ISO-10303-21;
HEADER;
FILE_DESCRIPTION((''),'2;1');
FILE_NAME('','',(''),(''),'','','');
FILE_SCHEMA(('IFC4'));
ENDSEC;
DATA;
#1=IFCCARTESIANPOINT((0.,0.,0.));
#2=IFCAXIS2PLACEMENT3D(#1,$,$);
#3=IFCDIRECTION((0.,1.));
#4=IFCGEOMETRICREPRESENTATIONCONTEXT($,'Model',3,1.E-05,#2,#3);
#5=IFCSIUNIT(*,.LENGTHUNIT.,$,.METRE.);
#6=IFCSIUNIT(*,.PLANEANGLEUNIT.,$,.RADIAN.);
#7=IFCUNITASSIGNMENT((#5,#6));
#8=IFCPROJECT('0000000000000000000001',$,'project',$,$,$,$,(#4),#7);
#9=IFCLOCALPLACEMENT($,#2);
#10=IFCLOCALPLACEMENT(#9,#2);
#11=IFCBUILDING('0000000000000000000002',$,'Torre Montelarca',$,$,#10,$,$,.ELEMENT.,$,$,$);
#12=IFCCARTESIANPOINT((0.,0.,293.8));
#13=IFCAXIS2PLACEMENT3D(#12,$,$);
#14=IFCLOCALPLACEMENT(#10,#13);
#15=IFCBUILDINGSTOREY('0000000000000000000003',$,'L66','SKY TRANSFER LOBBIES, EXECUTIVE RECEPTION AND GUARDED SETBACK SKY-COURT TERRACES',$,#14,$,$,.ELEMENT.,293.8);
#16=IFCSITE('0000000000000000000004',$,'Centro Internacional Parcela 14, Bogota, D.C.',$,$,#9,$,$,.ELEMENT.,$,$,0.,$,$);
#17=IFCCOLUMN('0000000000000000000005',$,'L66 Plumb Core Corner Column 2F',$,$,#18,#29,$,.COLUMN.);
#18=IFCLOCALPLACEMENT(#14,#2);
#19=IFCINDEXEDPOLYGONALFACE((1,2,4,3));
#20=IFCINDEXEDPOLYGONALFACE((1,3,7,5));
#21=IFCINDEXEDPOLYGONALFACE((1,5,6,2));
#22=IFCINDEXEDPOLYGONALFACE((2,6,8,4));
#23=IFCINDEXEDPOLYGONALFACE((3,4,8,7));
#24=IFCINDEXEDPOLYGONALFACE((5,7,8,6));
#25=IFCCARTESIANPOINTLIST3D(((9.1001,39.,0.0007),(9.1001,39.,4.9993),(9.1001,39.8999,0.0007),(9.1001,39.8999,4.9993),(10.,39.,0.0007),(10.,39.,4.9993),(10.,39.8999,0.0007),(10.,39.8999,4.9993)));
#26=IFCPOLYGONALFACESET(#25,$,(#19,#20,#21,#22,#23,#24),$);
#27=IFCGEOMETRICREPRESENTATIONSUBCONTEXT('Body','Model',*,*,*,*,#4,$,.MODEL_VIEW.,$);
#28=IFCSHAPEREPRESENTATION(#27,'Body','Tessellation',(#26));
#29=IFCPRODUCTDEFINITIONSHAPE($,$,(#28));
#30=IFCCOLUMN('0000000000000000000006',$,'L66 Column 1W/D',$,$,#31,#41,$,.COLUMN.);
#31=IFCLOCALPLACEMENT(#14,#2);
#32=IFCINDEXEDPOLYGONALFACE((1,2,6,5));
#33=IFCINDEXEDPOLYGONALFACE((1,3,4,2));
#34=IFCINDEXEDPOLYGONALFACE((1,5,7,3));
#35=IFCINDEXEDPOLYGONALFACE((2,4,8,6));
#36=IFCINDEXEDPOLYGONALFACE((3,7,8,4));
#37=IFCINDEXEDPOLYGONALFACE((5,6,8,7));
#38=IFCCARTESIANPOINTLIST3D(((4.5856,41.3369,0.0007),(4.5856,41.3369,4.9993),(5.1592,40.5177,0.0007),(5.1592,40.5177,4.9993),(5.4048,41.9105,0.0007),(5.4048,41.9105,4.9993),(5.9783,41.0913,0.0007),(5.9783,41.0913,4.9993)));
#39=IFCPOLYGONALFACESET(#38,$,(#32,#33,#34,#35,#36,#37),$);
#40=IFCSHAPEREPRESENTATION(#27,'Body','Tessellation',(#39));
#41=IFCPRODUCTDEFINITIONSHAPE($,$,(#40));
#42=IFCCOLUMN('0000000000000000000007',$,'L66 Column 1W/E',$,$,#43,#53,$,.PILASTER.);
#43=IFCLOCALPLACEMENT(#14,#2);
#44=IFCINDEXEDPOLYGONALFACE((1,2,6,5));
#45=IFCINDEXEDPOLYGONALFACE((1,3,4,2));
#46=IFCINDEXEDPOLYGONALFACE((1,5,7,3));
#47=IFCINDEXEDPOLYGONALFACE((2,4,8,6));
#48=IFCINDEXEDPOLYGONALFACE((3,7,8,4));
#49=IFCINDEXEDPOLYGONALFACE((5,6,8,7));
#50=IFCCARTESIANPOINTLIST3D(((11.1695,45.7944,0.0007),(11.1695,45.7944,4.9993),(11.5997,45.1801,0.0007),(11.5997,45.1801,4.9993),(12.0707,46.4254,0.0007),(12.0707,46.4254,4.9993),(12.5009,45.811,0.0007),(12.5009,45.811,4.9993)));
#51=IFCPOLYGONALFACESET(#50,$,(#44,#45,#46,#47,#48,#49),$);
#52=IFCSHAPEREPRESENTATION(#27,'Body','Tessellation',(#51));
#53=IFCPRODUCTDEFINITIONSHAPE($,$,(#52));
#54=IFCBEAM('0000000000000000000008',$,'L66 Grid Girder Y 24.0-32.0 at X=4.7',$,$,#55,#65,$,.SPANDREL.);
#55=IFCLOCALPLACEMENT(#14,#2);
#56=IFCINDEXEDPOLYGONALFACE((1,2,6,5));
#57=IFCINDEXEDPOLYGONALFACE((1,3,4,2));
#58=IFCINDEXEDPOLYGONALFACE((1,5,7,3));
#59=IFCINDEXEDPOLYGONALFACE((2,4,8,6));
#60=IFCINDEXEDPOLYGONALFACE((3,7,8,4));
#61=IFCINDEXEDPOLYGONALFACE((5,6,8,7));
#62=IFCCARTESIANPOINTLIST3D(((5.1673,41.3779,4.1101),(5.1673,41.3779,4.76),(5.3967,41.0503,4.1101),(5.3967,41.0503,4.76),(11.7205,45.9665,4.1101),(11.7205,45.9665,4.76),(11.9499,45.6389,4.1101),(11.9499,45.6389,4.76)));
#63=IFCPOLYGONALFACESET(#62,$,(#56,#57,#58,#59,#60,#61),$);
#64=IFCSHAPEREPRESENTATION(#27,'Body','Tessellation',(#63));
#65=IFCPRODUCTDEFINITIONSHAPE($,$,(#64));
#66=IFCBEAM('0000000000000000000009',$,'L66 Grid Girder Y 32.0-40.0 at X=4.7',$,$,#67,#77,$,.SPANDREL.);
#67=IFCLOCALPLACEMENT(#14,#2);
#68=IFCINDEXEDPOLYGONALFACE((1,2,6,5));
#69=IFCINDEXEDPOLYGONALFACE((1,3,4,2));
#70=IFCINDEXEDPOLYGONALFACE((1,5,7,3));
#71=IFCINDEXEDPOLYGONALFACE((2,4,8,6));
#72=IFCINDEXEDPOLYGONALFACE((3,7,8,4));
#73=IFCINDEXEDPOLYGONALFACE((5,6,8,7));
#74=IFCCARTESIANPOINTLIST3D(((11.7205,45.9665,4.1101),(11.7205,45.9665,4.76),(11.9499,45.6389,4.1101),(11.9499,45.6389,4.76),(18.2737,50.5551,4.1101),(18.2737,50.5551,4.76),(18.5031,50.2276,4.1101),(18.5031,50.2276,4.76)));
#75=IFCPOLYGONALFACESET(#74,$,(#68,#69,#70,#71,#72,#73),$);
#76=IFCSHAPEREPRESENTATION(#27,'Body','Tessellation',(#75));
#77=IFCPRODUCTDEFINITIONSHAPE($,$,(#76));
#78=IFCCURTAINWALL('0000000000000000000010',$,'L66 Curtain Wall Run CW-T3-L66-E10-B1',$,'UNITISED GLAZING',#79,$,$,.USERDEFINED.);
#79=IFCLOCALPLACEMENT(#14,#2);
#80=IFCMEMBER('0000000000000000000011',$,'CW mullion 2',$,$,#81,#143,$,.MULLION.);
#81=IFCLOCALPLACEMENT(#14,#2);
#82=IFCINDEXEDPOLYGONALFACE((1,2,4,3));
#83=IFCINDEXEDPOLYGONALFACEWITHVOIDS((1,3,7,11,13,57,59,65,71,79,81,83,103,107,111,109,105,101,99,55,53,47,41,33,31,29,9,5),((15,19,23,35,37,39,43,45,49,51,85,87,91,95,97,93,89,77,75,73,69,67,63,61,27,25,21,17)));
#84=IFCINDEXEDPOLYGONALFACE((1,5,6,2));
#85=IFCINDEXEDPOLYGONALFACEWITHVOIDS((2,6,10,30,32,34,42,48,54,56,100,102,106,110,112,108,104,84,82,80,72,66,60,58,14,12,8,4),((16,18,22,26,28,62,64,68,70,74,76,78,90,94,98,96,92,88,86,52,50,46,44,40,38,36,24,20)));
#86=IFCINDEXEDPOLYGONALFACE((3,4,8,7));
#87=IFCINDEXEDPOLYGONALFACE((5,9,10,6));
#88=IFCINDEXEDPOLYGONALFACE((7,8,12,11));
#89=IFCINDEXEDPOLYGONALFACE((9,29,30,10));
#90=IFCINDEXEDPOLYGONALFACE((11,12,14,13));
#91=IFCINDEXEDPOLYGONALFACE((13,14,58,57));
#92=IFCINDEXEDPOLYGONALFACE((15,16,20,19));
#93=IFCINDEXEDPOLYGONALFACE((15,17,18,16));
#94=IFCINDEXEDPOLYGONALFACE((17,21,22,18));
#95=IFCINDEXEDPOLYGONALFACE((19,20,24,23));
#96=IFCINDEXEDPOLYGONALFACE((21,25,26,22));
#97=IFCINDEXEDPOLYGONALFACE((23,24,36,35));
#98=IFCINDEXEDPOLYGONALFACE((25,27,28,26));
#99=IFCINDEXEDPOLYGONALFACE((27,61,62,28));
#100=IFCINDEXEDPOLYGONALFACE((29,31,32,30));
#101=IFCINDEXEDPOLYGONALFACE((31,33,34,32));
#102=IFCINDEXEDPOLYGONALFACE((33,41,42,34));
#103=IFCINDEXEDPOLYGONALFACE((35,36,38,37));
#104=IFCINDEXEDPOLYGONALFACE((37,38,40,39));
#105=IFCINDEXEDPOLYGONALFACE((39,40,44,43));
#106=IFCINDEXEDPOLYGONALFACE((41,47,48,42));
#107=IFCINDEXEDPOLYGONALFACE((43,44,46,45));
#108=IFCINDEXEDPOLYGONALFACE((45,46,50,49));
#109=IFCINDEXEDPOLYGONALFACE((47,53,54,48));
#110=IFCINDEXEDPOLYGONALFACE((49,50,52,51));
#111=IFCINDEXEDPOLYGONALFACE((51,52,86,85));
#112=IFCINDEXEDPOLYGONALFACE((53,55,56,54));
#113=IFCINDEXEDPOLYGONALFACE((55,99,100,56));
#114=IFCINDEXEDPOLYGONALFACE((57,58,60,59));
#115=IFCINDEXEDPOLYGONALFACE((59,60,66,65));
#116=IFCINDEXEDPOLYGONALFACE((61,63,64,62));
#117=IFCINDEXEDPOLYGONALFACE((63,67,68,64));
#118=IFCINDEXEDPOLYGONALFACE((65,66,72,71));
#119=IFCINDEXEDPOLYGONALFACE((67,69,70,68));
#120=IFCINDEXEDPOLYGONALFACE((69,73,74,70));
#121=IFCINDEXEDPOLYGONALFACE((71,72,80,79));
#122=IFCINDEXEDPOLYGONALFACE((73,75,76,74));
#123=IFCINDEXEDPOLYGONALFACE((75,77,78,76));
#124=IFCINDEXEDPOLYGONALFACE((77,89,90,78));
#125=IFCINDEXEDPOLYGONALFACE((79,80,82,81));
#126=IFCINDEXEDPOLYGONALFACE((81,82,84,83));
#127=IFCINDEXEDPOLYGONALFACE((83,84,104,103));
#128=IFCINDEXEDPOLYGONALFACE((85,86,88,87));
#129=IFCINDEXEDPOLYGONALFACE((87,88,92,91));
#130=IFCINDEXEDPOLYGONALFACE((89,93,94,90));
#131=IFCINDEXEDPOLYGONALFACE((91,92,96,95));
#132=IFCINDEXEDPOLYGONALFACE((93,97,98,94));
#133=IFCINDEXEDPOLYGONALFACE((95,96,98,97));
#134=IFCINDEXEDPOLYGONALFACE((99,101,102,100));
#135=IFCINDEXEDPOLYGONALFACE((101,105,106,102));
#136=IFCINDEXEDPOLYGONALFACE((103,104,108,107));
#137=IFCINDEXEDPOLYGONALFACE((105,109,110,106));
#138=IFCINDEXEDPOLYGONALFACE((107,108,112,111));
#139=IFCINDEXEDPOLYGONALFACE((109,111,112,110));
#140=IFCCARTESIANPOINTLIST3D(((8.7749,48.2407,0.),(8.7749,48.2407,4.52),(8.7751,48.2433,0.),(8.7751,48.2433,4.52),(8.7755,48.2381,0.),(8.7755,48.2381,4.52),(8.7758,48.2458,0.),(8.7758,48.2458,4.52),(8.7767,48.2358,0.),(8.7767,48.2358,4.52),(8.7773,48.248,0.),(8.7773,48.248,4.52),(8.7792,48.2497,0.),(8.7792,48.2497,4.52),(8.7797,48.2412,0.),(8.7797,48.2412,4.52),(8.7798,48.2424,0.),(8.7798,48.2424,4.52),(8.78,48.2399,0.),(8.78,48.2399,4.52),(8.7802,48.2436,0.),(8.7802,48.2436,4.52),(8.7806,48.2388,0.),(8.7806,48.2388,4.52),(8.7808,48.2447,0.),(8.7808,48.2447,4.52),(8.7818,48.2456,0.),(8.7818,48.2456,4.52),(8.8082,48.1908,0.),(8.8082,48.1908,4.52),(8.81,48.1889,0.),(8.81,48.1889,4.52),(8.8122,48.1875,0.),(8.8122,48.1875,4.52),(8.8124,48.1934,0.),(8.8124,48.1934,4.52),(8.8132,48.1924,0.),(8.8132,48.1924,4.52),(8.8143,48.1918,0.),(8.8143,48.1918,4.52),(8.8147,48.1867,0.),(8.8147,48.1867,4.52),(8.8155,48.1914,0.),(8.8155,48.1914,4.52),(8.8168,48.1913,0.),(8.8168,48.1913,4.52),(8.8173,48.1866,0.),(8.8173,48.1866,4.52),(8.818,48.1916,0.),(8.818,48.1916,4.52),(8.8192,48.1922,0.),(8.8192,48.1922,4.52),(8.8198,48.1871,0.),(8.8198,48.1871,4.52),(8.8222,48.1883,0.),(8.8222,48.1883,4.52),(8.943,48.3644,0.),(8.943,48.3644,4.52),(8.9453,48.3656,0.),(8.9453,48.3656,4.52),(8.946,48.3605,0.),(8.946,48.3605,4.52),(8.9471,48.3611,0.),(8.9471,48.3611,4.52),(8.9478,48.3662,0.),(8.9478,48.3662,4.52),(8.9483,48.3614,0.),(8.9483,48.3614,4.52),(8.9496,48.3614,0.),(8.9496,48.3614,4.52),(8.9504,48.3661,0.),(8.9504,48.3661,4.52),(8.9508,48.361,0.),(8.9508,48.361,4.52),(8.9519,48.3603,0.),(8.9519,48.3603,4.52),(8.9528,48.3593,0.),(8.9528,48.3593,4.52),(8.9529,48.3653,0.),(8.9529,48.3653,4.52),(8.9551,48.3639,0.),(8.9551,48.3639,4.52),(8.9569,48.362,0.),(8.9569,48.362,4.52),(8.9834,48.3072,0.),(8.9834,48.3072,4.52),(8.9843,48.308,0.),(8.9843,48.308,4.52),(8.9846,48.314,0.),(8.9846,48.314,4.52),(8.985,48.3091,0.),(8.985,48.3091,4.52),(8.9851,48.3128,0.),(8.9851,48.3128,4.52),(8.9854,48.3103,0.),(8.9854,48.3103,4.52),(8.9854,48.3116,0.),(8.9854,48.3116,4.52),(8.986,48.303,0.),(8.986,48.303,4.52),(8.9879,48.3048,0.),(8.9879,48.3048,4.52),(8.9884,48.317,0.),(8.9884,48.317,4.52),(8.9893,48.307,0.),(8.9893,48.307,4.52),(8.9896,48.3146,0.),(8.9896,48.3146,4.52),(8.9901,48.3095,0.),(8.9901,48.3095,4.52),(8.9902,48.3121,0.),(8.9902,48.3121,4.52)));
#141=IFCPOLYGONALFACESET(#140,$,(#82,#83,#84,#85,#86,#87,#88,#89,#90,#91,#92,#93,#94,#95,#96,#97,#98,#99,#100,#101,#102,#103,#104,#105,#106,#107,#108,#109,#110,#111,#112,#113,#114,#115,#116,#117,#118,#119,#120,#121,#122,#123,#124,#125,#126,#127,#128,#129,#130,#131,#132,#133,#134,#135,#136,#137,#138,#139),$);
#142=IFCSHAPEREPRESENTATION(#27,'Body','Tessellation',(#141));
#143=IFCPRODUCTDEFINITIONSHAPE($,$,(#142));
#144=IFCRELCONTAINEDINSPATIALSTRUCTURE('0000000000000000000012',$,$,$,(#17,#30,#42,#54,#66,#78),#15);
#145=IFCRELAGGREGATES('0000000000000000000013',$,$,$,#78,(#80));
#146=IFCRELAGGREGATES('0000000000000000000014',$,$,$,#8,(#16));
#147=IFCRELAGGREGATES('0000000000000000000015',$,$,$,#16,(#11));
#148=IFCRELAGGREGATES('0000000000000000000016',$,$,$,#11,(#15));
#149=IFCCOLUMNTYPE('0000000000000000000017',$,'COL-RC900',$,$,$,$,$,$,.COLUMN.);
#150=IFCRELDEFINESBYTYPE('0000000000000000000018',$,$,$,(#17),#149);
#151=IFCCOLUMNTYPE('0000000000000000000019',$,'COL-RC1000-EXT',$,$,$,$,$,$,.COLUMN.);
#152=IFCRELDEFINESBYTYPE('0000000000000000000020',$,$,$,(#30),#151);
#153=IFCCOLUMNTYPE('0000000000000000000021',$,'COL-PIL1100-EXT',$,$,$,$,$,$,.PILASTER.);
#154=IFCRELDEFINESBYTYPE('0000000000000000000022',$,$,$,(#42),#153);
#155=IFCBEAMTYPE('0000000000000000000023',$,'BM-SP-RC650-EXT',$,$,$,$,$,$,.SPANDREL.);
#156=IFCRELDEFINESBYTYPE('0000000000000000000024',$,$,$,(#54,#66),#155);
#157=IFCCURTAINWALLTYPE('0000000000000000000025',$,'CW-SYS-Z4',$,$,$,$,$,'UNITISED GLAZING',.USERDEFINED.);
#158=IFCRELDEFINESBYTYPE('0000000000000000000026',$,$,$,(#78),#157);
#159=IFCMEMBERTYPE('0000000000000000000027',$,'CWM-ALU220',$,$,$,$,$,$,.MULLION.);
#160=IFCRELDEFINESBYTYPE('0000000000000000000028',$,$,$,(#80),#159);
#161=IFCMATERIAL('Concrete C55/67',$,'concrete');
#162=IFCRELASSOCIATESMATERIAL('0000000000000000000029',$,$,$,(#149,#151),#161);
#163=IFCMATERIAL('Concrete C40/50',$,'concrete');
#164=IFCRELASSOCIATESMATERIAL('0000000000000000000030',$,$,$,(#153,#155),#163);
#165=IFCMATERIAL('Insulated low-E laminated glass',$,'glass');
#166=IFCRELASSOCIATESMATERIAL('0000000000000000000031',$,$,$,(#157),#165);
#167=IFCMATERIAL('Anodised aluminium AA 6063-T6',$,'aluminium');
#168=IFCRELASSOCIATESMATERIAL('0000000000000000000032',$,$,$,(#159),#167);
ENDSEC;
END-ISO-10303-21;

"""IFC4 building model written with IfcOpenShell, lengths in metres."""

from ifc_helpers import new_model, si_unit, direction, frame, origin, origin_2d, place, context, subcontext, project, spatial, rectangle, hollow_rectangle, extrude, source, transform, mapped, material, material_profile, profile_set, type_object, element, aggregate, save


model = new_model("IFC4")

# Units and contexts
model_context = context("Model", 3, precision=1e-05, world=origin(), true_north=direction((0.0, 1.0)))
body_context = subcontext(model_context, "Body", "Model", "MODEL_VIEW")
ifc_project = project(units=[si_unit("LENGTHUNIT", "METRE"), si_unit("PLANEANGLEUNIT", "RADIAN")], contexts=[model_context])

# Site, building, storey
site_placement = place(None, origin())
site = spatial("IfcSite", under=ifc_project, at=site_placement, Name="Centro Internacional Parcela 14, Bogota, D.C.", CompositionType="ELEMENT", RefElevation=0.0)
building_placement = place(site_placement, origin())
building = spatial("IfcBuilding", under=site, at=building_placement, Name="Torre Montelarca", CompositionType="ELEMENT")
storey_placement = place(building_placement, frame((0.0, 0.0, 293.8)))
storey = spatial("IfcBuildingStorey", under=building, at=storey_placement, Name="L66", Description="SKY TRANSFER LOBBIES, EXECUTIVE RECEPTION AND GUARDED SETBACK SKY-COURT TERRACES", CompositionType="ELEMENT", Elevation=293.8)

# Columns
ifc_material_1 = material(Name="Concrete C55/67", Category="concrete")
ifc_material_profile_1 = material_profile(ifc_material_1, rectangle(XDim=0.8999, YDim=0.8999, at=origin_2d()), Name="RC900X900", Category="concrete")
ifc_profile_set_1 = profile_set([ifc_material_profile_1], Name="Concrete C55/67")
column_type_1 = type_object("IfcColumnType", Name="COL-RC900", PredefinedType="COLUMN", material=ifc_profile_set_1)
shared_shape_1 = source(origin(), body_context, "Body", "SweptSolid", [
    extrude(rectangle(XDim=0.8999, YDim=0.8999, at=origin_2d()), origin(), (0.0, 0.0, 1.0), 4.9985),
])
column_1_placement = place(storey_placement, frame((9.55, 39.45, 0.0007), z_axis=(0.0, 0.0, 1.0), x_axis=(1.0, 0.0, 0.0)))
element("IfcColumn", 1, at=column_1_placement, inside=storey, type_object=column_type_1, Name="L66 Plumb Core Corner Column 2F", PredefinedType="COLUMN", context=body_context, shape_type="MappedRepresentation", body=[
    mapped(shared_shape_1, transform((0.0, 0.0, 0.0), scale=1.0)),
])
ifc_material_profile_2 = material_profile(ifc_material_1, rectangle(XDim=1.0, YDim=1.0, at=origin_2d()), Name="RC1000X1000", Category="concrete")
ifc_profile_set_2 = profile_set([ifc_material_profile_2], Name="Concrete C55/67")
column_type_2 = type_object("IfcColumnType", Name="COL-RC1000-EXT", PredefinedType="COLUMN", material=ifc_profile_set_2)
shared_shape_2 = source(origin(), body_context, "Body", "SweptSolid", [
    extrude(rectangle(XDim=1.0, YDim=1.0, at=origin_2d()), origin(), (0.0, 0.0, 1.0), 4.9985),
])
column_2_placement = place(storey_placement, frame((5.282, 41.2141, 0.0007), z_axis=(0.0, 0.0, 1.0), x_axis=(-0.573576, 0.819152, 0.0)))
element("IfcColumn", 2, at=column_2_placement, inside=storey, type_object=column_type_2, Name="L66 Column 1W/D", PredefinedType="COLUMN", context=body_context, shape_type="MappedRepresentation", body=[
    mapped(shared_shape_2, transform((0.0, 0.0, 0.0), scale=1.0)),
])
ifc_material_2 = material(Name="Concrete C40/50", Category="concrete")
ifc_material_profile_3 = material_profile(ifc_material_2, rectangle(XDim=0.75, YDim=1.1001, at=origin_2d()), Name="RC1100X750", Category="concrete")
ifc_profile_set_3 = profile_set([ifc_material_profile_3], Name="Concrete C40/50")
column_type_3 = type_object("IfcColumnType", Name="COL-PIL1100-EXT", PredefinedType="PILASTER", material=ifc_profile_set_3)
shared_shape_3 = source(origin(), body_context, "Body", "SweptSolid", [
    extrude(rectangle(XDim=0.75, YDim=1.1001, at=origin_2d()), origin(), (0.0, 0.0, 1.0), 4.9985),
])
column_3_placement = place(storey_placement, frame((11.8352, 45.8027, 0.0007), z_axis=(0.0, 0.0, 1.0), x_axis=(-0.573576, 0.819152, 0.0)))
element("IfcColumn", 3, at=column_3_placement, inside=storey, type_object=column_type_3, Name="L66 Column 1W/E", PredefinedType="PILASTER", context=body_context, shape_type="MappedRepresentation", body=[
    mapped(shared_shape_3, transform((0.0, 0.0, 0.0), scale=1.0)),
])

# Beams
ifc_material_profile_4 = material_profile(ifc_material_2, rectangle(XDim=0.3999, YDim=0.6499, at=origin_2d()), Name="RCB400X650", Category="concrete")
ifc_profile_set_4 = profile_set([ifc_material_profile_4], Name="Concrete C40/50")
beam_type = type_object("IfcBeamType", Name="BM-SP-RC650-EXT", PredefinedType="SPANDREL", material=ifc_profile_set_4)
shared_shape_4 = source(origin(), body_context, "Body", "SweptSolid", [
    extrude(rectangle(XDim=0.3999, YDim=0.6499, at=origin_2d()), origin(), (0.0, 0.0, 1.0), 8.0),
])
for number, where, z_axis, x_axis, name in (
    (4, (5.282, 41.2141, 4.4351), (0.819152, 0.573577, 0.0), (-0.573577, 0.819152, 0.0), "L66 Grid Girder Y 24.0-32.0 at X=4.7"),
    (5, (11.8352, 45.8027, 4.4351), (0.819152, 0.573577, 0.0), (-0.573577, 0.819152, 0.0), "L66 Grid Girder Y 32.0-40.0 at X=4.7"),
):
    element("IfcBeam", number, at=place(storey_placement, frame(where, z_axis=z_axis, x_axis=x_axis)), inside=storey, type_object=beam_type, Name=name, PredefinedType="SPANDREL", context=body_context, shape_type="MappedRepresentation", body=[
        mapped(shared_shape_4, transform((0.0, 0.0, 0.0), scale=1.0)),
    ])

# Curtain wall, member
ifc_material_3 = material(Name="Insulated low-E laminated glass", Category="glass")
curtain_wall_type = type_object("IfcCurtainWallType", Name="CW-SYS-Z4", ElementType="UNITISED GLAZING", PredefinedType="USERDEFINED", material=ifc_material_3)
curtain_wall_1_placement = place(storey_placement, origin())
curtain_wall_1 = element("IfcCurtainWall", 6, at=curtain_wall_1_placement, inside=storey, type_object=curtain_wall_type, Name="L66 Curtain Wall Run CW-T3-L66-E10-B1", ObjectType="UNITISED GLAZING", PredefinedType="USERDEFINED")
ifc_material_4 = material(Name="Anodised aluminium AA 6063-T6", Category="aluminium")
ifc_material_profile_5 = material_profile(ifc_material_4, hollow_rectangle(XDim=0.075, YDim=0.22, WallThickness=0.0049, InnerFilletRadius=0.0049, OuterFilletRadius=0.01, at=origin_2d()), Name="ALU75X220X5", Category="aluminium")
ifc_profile_set_5 = profile_set([ifc_material_profile_5], Name="Anodised aluminium AA 6063-T6")
member_type_1 = type_object("IfcMemberType", Name="CWM-ALU220", PredefinedType="MULLION", material=ifc_profile_set_5)
shared_shape_5 = source(origin(), body_context, "Body", "SweptSolid", [
    extrude(hollow_rectangle(XDim=0.075, YDim=0.22, WallThickness=0.0049, InnerFilletRadius=0.0049, OuterFilletRadius=0.01, at=origin_2d()), origin(), (0.0, 0.0, 1.0), 4.52),
])
member_1_placement = place(storey_placement, frame((8.8826, 48.2764, 0.0), z_axis=(0.0, 0.0, 1.0), x_axis=(0.573572, -0.819155, 0.0)))
member_1 = element("IfcMember", 7, at=member_1_placement, type_object=member_type_1, Name="CW mullion 2", PredefinedType="MULLION", context=body_context, shape_type="MappedRepresentation", body=[
    mapped(shared_shape_5, transform((0.0, 0.0, 0.0), scale=1.0)),
])

aggregate(curtain_wall_1, [member_1])

save(model, "model.ifc")
